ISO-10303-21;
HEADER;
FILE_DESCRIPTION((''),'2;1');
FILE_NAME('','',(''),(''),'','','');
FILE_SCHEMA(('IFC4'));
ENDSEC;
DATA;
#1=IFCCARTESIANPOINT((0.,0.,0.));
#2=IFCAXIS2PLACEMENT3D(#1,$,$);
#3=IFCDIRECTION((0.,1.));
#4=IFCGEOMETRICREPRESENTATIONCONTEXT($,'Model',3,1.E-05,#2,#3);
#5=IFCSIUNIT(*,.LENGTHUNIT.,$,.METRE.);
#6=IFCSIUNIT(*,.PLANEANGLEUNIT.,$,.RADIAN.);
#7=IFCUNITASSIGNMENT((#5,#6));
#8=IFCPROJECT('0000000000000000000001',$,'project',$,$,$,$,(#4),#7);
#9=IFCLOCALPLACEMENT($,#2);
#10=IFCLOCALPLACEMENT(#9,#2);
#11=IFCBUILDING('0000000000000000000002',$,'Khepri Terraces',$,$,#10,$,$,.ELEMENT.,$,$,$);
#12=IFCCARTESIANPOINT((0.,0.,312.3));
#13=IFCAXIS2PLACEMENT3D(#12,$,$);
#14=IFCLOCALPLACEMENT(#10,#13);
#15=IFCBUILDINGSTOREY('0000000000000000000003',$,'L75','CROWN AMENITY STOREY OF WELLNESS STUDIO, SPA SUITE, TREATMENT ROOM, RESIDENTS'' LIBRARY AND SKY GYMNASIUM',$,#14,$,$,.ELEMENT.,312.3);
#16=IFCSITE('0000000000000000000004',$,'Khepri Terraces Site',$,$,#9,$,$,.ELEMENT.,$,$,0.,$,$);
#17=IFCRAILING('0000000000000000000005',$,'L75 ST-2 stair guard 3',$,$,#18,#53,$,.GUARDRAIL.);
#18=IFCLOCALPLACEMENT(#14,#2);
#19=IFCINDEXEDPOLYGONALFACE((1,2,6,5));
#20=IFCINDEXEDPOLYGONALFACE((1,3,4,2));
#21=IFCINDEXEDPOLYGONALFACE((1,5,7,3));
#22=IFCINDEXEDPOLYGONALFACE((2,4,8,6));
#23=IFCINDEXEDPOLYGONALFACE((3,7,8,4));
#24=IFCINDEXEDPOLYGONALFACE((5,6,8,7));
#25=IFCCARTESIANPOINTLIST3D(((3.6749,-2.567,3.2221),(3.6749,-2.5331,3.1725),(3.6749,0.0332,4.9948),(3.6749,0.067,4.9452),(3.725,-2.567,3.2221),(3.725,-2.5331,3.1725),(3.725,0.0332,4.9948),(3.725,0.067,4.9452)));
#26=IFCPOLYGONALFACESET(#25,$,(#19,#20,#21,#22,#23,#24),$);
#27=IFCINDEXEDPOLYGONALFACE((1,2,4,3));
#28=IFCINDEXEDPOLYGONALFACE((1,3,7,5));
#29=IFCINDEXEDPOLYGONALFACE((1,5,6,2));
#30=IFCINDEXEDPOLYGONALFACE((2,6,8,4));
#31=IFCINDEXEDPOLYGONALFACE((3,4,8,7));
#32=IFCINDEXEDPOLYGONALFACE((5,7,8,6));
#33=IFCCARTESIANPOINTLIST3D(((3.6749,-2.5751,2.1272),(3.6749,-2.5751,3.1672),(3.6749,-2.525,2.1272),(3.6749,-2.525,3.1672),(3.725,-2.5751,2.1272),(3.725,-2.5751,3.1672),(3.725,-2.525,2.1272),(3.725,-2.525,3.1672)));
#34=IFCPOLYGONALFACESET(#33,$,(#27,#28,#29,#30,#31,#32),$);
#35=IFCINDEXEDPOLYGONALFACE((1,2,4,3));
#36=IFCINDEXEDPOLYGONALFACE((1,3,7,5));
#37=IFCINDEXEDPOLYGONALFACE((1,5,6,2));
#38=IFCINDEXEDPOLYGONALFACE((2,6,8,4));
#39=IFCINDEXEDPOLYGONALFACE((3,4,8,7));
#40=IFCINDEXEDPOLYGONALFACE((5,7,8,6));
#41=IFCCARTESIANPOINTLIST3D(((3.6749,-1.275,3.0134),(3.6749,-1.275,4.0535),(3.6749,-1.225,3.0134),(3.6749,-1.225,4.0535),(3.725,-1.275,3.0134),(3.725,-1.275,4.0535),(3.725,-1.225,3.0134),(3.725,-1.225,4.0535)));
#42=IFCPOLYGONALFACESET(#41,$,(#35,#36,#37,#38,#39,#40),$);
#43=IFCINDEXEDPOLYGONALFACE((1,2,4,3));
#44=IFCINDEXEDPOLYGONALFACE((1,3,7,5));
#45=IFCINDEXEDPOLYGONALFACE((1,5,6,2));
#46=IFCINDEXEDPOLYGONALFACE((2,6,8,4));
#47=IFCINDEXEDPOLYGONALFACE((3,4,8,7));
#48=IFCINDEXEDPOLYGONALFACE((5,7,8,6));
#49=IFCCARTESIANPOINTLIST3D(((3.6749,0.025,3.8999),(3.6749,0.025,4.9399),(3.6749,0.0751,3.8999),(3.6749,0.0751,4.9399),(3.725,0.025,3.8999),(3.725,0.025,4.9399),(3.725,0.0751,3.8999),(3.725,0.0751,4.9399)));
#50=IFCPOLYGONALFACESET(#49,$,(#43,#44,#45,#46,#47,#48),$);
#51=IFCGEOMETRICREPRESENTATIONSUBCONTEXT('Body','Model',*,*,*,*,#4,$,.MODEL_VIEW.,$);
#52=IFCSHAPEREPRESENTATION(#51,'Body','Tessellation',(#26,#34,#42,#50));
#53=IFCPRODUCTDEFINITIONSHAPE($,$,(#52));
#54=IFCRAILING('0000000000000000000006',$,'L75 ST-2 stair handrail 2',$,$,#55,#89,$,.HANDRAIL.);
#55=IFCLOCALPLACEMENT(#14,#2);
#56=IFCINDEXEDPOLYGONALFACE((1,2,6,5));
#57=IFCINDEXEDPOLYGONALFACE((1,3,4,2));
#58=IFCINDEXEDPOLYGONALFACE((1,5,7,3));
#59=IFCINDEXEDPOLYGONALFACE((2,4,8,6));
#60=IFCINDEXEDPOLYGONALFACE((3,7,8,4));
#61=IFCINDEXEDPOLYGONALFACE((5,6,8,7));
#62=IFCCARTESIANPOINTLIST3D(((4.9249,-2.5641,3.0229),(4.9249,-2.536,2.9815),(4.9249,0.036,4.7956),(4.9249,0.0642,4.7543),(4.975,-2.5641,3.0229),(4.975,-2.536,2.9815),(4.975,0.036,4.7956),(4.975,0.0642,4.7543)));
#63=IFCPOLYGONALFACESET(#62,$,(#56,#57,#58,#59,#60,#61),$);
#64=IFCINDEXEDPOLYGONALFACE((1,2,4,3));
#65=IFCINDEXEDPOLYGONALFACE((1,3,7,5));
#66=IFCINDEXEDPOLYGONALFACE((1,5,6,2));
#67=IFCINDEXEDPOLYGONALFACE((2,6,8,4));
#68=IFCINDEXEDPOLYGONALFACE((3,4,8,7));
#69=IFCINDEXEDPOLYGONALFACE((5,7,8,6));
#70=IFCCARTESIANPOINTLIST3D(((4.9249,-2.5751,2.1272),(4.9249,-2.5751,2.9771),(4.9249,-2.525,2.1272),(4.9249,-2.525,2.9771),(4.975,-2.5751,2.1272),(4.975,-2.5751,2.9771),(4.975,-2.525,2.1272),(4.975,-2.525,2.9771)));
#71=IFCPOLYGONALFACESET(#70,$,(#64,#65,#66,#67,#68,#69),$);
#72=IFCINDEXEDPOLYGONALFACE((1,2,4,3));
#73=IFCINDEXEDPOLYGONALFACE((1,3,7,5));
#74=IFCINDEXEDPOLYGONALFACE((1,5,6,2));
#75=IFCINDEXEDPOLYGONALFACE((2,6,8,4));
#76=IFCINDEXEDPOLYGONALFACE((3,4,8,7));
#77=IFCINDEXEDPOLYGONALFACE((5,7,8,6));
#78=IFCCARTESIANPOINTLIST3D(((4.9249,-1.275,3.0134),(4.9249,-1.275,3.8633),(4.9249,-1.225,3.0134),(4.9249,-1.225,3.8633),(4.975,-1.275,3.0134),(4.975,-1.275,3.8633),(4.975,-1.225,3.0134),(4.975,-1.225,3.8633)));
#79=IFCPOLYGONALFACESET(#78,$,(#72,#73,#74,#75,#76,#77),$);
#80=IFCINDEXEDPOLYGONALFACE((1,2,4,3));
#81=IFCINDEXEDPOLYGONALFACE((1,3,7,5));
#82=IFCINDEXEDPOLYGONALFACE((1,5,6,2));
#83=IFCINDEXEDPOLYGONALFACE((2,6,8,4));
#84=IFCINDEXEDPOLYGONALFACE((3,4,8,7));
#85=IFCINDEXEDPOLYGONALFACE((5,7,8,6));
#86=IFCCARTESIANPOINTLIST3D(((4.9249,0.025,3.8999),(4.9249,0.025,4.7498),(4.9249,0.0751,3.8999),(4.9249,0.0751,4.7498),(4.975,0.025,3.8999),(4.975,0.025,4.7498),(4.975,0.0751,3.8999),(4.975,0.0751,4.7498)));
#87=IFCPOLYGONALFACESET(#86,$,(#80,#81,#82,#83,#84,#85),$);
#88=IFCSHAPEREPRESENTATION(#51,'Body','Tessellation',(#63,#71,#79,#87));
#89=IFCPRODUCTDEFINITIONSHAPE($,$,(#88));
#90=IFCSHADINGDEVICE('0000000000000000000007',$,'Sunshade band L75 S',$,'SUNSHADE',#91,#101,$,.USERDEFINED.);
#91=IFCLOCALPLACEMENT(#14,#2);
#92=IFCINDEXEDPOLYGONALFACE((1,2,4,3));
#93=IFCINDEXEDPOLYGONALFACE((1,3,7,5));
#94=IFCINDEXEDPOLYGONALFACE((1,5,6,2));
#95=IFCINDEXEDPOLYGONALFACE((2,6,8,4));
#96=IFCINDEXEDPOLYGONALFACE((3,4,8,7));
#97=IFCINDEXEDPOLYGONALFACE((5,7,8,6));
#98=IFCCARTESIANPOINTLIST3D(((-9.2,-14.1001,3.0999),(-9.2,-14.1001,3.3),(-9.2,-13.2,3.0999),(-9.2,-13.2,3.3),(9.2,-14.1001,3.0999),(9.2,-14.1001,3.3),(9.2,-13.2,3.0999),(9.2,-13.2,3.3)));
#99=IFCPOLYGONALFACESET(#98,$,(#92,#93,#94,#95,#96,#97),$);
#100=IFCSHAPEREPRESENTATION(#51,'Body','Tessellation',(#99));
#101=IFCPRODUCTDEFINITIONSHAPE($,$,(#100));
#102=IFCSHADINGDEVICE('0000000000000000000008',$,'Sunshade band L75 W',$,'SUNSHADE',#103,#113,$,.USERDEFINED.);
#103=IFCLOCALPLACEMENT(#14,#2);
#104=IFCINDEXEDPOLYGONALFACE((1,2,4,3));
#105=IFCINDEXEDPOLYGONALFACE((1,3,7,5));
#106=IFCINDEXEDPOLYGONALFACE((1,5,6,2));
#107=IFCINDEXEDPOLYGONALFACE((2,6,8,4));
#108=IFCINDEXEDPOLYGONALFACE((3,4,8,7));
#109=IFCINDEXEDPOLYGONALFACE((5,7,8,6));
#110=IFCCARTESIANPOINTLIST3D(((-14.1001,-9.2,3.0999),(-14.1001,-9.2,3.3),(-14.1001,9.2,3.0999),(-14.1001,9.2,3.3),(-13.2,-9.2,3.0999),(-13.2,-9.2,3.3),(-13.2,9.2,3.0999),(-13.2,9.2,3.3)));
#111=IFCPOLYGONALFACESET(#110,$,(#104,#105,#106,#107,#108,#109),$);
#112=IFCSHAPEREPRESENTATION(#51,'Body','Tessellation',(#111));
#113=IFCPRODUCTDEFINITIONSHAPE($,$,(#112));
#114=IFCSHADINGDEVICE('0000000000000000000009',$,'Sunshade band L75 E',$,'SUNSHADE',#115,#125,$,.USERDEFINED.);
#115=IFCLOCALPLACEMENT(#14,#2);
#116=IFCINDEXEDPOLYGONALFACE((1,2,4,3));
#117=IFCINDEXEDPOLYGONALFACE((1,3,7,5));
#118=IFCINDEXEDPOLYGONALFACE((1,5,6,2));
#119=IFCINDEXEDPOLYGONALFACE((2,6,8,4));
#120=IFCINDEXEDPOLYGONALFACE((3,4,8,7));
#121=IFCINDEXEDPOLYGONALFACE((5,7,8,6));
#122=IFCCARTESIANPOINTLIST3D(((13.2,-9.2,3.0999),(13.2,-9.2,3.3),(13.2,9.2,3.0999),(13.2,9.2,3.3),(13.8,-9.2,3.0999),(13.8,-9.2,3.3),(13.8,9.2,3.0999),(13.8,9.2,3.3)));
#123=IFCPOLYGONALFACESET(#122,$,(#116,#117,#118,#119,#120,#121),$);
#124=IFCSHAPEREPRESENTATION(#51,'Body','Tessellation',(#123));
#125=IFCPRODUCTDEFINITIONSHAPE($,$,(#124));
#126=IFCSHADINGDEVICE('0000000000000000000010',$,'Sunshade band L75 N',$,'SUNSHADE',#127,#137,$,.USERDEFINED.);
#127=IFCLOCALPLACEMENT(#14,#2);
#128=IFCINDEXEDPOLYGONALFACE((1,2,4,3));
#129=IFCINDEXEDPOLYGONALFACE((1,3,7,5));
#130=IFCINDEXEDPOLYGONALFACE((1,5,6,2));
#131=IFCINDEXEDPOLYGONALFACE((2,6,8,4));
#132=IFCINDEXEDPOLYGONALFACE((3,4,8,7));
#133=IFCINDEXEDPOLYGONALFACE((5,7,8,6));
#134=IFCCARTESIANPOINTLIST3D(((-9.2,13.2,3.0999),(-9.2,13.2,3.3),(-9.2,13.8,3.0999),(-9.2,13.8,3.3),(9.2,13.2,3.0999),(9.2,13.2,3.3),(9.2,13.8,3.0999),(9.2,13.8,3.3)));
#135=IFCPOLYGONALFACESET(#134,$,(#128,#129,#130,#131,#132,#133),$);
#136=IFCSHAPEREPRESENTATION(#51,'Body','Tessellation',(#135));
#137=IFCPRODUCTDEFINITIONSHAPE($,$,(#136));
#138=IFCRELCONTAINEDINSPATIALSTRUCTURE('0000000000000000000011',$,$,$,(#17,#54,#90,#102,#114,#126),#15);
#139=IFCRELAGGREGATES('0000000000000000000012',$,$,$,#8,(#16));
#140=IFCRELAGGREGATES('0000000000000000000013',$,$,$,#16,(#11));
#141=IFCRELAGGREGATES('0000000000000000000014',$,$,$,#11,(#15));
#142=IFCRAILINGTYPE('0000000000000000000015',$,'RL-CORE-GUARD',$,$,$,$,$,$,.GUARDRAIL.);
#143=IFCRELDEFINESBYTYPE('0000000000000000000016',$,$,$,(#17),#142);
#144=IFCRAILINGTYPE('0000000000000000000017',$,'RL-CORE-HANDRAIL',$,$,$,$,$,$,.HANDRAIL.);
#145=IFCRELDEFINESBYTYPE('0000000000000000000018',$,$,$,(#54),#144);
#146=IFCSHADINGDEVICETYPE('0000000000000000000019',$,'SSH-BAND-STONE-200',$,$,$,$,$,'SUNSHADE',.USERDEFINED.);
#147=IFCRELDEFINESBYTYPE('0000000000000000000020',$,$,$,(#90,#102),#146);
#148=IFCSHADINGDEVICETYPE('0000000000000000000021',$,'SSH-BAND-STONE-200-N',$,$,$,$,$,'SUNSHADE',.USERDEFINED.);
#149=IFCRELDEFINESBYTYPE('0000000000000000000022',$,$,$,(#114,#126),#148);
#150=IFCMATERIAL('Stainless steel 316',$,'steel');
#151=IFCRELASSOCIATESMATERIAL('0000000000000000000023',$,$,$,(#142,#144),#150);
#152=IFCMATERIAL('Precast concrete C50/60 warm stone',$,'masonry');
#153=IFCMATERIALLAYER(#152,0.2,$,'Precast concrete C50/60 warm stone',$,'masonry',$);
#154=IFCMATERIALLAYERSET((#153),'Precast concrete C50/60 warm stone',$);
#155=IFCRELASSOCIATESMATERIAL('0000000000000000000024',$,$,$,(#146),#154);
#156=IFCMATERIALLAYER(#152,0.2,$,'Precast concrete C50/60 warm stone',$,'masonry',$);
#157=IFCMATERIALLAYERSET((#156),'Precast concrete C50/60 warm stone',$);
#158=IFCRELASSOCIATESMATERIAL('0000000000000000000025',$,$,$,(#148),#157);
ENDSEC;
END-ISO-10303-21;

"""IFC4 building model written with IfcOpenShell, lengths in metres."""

from ifc_helpers import new_model, si_unit, direction, frame, origin, origin_2d, place, context, subcontext, project, spatial, polyline, rectangle, outline, extrude, material, layer, layer_set, type_object, element, save


model = new_model("IFC4")

# Units and contexts
model_context = context("Model", 3, precision=1e-05, world=origin(), true_north=direction((0.0, 1.0)))
body_context = subcontext(model_context, "Body", "Model", "MODEL_VIEW")
ifc_project = project(units=[si_unit("LENGTHUNIT", "METRE"), si_unit("PLANEANGLEUNIT", "RADIAN")], contexts=[model_context])

# Site, building, storey
site_placement = place(None, origin())
site = spatial("IfcSite", under=ifc_project, at=site_placement, Name="Khepri Terraces Site", CompositionType="ELEMENT", RefElevation=0.0)
building_placement = place(site_placement, origin())
building = spatial("IfcBuilding", under=site, at=building_placement, Name="Khepri Terraces", CompositionType="ELEMENT")
storey_placement = place(building_placement, frame((0.0, 0.0, 312.3)))
storey = spatial("IfcBuildingStorey", under=building, at=storey_placement, Name="L75", Description="CROWN AMENITY STOREY OF WELLNESS STUDIO, SPA SUITE, TREATMENT ROOM, RESIDENTS' LIBRARY AND SKY GYMNASIUM", CompositionType="ELEMENT", Elevation=312.3)

# Railings
ifc_material_1 = material(Name="Stainless steel 316", Category="steel")
railing_type_1 = type_object("IfcRailingType", Name="RL-CORE-GUARD", PredefinedType="GUARDRAIL", material=ifc_material_1)
railing_1_placement = place(storey_placement, frame((3.7, -2.55, 2.1272)))
element("IfcRailing", 1, at=railing_1_placement, inside=storey, type_object=railing_type_1, Name="L75 ST-2 stair guard 3", PredefinedType="GUARDRAIL", context=body_context, shape_type="SweptSolid", body=[
    extrude(rectangle(XDim=0.05, YDim=0.0601, at=origin_2d()), frame((0.0, 0.0, 1.0701), z_axis=(0.0, 0.82624, 0.563318), x_axis=(-1.0, 0.0, 0.0)), (0.0, 0.0, 1.0), 3.147),
    extrude(rectangle(XDim=0.05, YDim=0.05, at=origin_2d()), origin(), (0.0, 0.0, 1.0), 1.04),
    extrude(rectangle(XDim=0.05, YDim=0.05, at=origin_2d()), frame((0.0, 1.3, 0.8862)), (0.0, 0.0, 1.0), 1.04),
    extrude(rectangle(XDim=0.05, YDim=0.05, at=origin_2d()), frame((0.0, 2.6001, 1.7727)), (0.0, 0.0, 1.0), 1.04),
])
railing_type_2 = type_object("IfcRailingType", Name="RL-CORE-HANDRAIL", PredefinedType="HANDRAIL", material=ifc_material_1)
railing_2_placement = place(storey_placement, frame((4.95, -2.55, 2.1272)))
element("IfcRailing", 2, at=railing_2_placement, inside=storey, type_object=railing_type_2, Name="L75 ST-2 stair handrail 2", PredefinedType="HANDRAIL", context=body_context, shape_type="SweptSolid", body=[
    extrude(rectangle(XDim=0.05, YDim=0.05, at=origin_2d()), frame((0.0, 0.0, 0.875), z_axis=(0.0, 0.82624, 0.563318), x_axis=(-1.0, 0.0, 0.0)), (0.0, 0.0, 1.0), 3.147),
    extrude(rectangle(XDim=0.05, YDim=0.05, at=origin_2d()), origin(), (0.0, 0.0, 1.0), 0.8499),
    extrude(rectangle(XDim=0.05, YDim=0.05, at=origin_2d()), frame((0.0, 1.3, 0.8862)), (0.0, 0.0, 1.0), 0.8499),
    extrude(rectangle(XDim=0.05, YDim=0.05, at=origin_2d()), frame((0.0, 2.6001, 1.7727)), (0.0, 0.0, 1.0), 0.8499),
])

# Shading devices
ifc_material_2 = material(Name="Precast concrete C50/60 warm stone", Category="masonry")
ifc_layer_1 = layer(ifc_material_2, 0.2, Name="Precast concrete C50/60 warm stone", Category="masonry")
ifc_layer_set_1 = layer_set([ifc_layer_1], Name="Precast concrete C50/60 warm stone")
shading_device_type_1 = type_object("IfcShadingDeviceType", Name="SSH-BAND-STONE-200", ElementType="SUNSHADE", PredefinedType="USERDEFINED", material=ifc_layer_set_1)
shading_device_1_placement = place(storey_placement, frame((0.0, 0.0, 3.0999)))
element("IfcShadingDevice", 3, at=shading_device_1_placement, inside=storey, type_object=shading_device_type_1, Name="Sunshade band L75 S", ObjectType="SUNSHADE", PredefinedType="USERDEFINED", context=body_context, shape_type="SweptSolid", body=[
    extrude(outline(polyline([(-9.2, -13.2), (-9.2, -14.1001), (9.2, -14.1001), (9.2, -13.2), (-9.2, -13.2)])), origin(), (0.0, 0.0, 1.0), 0.2002),
])
shading_device_2_placement = place(storey_placement, frame((0.0, 0.0, 3.0999)))
element("IfcShadingDevice", 4, at=shading_device_2_placement, inside=storey, type_object=shading_device_type_1, Name="Sunshade band L75 W", ObjectType="SUNSHADE", PredefinedType="USERDEFINED", context=body_context, shape_type="SweptSolid", body=[
    extrude(outline(polyline([(-13.2, 9.2), (-14.1001, 9.2), (-14.1001, -9.2), (-13.2, -9.2), (-13.2, 9.2)])), origin(), (0.0, 0.0, 1.0), 0.2002),
])
ifc_layer_2 = layer(ifc_material_2, 0.2, Name="Precast concrete C50/60 warm stone", Category="masonry")
ifc_layer_set_2 = layer_set([ifc_layer_2], Name="Precast concrete C50/60 warm stone")
shading_device_type_2 = type_object("IfcShadingDeviceType", Name="SSH-BAND-STONE-200-N", ElementType="SUNSHADE", PredefinedType="USERDEFINED", material=ifc_layer_set_2)
shading_device_3_placement = place(storey_placement, frame((0.0, 0.0, 3.0999)))
element("IfcShadingDevice", 5, at=shading_device_3_placement, inside=storey, type_object=shading_device_type_2, Name="Sunshade band L75 E", ObjectType="SUNSHADE", PredefinedType="USERDEFINED", context=body_context, shape_type="SweptSolid", body=[
    extrude(outline(polyline([(13.2, -9.2), (13.8, -9.2), (13.8, 9.2), (13.2, 9.2), (13.2, -9.2)])), origin(), (0.0, 0.0, 1.0), 0.2002),
])
shading_device_4_placement = place(storey_placement, frame((0.0, 0.0, 3.0999)))
element("IfcShadingDevice", 6, at=shading_device_4_placement, inside=storey, type_object=shading_device_type_2, Name="Sunshade band L75 N", ObjectType="SUNSHADE", PredefinedType="USERDEFINED", context=body_context, shape_type="SweptSolid", body=[
    extrude(outline(polyline([(9.2, 13.2), (9.2, 13.8), (-9.2, 13.8), (-9.2, 13.2), (9.2, 13.2)])), origin(), (0.0, 0.0, 1.0), 0.2002),
])

save(model, "model.ifc")
